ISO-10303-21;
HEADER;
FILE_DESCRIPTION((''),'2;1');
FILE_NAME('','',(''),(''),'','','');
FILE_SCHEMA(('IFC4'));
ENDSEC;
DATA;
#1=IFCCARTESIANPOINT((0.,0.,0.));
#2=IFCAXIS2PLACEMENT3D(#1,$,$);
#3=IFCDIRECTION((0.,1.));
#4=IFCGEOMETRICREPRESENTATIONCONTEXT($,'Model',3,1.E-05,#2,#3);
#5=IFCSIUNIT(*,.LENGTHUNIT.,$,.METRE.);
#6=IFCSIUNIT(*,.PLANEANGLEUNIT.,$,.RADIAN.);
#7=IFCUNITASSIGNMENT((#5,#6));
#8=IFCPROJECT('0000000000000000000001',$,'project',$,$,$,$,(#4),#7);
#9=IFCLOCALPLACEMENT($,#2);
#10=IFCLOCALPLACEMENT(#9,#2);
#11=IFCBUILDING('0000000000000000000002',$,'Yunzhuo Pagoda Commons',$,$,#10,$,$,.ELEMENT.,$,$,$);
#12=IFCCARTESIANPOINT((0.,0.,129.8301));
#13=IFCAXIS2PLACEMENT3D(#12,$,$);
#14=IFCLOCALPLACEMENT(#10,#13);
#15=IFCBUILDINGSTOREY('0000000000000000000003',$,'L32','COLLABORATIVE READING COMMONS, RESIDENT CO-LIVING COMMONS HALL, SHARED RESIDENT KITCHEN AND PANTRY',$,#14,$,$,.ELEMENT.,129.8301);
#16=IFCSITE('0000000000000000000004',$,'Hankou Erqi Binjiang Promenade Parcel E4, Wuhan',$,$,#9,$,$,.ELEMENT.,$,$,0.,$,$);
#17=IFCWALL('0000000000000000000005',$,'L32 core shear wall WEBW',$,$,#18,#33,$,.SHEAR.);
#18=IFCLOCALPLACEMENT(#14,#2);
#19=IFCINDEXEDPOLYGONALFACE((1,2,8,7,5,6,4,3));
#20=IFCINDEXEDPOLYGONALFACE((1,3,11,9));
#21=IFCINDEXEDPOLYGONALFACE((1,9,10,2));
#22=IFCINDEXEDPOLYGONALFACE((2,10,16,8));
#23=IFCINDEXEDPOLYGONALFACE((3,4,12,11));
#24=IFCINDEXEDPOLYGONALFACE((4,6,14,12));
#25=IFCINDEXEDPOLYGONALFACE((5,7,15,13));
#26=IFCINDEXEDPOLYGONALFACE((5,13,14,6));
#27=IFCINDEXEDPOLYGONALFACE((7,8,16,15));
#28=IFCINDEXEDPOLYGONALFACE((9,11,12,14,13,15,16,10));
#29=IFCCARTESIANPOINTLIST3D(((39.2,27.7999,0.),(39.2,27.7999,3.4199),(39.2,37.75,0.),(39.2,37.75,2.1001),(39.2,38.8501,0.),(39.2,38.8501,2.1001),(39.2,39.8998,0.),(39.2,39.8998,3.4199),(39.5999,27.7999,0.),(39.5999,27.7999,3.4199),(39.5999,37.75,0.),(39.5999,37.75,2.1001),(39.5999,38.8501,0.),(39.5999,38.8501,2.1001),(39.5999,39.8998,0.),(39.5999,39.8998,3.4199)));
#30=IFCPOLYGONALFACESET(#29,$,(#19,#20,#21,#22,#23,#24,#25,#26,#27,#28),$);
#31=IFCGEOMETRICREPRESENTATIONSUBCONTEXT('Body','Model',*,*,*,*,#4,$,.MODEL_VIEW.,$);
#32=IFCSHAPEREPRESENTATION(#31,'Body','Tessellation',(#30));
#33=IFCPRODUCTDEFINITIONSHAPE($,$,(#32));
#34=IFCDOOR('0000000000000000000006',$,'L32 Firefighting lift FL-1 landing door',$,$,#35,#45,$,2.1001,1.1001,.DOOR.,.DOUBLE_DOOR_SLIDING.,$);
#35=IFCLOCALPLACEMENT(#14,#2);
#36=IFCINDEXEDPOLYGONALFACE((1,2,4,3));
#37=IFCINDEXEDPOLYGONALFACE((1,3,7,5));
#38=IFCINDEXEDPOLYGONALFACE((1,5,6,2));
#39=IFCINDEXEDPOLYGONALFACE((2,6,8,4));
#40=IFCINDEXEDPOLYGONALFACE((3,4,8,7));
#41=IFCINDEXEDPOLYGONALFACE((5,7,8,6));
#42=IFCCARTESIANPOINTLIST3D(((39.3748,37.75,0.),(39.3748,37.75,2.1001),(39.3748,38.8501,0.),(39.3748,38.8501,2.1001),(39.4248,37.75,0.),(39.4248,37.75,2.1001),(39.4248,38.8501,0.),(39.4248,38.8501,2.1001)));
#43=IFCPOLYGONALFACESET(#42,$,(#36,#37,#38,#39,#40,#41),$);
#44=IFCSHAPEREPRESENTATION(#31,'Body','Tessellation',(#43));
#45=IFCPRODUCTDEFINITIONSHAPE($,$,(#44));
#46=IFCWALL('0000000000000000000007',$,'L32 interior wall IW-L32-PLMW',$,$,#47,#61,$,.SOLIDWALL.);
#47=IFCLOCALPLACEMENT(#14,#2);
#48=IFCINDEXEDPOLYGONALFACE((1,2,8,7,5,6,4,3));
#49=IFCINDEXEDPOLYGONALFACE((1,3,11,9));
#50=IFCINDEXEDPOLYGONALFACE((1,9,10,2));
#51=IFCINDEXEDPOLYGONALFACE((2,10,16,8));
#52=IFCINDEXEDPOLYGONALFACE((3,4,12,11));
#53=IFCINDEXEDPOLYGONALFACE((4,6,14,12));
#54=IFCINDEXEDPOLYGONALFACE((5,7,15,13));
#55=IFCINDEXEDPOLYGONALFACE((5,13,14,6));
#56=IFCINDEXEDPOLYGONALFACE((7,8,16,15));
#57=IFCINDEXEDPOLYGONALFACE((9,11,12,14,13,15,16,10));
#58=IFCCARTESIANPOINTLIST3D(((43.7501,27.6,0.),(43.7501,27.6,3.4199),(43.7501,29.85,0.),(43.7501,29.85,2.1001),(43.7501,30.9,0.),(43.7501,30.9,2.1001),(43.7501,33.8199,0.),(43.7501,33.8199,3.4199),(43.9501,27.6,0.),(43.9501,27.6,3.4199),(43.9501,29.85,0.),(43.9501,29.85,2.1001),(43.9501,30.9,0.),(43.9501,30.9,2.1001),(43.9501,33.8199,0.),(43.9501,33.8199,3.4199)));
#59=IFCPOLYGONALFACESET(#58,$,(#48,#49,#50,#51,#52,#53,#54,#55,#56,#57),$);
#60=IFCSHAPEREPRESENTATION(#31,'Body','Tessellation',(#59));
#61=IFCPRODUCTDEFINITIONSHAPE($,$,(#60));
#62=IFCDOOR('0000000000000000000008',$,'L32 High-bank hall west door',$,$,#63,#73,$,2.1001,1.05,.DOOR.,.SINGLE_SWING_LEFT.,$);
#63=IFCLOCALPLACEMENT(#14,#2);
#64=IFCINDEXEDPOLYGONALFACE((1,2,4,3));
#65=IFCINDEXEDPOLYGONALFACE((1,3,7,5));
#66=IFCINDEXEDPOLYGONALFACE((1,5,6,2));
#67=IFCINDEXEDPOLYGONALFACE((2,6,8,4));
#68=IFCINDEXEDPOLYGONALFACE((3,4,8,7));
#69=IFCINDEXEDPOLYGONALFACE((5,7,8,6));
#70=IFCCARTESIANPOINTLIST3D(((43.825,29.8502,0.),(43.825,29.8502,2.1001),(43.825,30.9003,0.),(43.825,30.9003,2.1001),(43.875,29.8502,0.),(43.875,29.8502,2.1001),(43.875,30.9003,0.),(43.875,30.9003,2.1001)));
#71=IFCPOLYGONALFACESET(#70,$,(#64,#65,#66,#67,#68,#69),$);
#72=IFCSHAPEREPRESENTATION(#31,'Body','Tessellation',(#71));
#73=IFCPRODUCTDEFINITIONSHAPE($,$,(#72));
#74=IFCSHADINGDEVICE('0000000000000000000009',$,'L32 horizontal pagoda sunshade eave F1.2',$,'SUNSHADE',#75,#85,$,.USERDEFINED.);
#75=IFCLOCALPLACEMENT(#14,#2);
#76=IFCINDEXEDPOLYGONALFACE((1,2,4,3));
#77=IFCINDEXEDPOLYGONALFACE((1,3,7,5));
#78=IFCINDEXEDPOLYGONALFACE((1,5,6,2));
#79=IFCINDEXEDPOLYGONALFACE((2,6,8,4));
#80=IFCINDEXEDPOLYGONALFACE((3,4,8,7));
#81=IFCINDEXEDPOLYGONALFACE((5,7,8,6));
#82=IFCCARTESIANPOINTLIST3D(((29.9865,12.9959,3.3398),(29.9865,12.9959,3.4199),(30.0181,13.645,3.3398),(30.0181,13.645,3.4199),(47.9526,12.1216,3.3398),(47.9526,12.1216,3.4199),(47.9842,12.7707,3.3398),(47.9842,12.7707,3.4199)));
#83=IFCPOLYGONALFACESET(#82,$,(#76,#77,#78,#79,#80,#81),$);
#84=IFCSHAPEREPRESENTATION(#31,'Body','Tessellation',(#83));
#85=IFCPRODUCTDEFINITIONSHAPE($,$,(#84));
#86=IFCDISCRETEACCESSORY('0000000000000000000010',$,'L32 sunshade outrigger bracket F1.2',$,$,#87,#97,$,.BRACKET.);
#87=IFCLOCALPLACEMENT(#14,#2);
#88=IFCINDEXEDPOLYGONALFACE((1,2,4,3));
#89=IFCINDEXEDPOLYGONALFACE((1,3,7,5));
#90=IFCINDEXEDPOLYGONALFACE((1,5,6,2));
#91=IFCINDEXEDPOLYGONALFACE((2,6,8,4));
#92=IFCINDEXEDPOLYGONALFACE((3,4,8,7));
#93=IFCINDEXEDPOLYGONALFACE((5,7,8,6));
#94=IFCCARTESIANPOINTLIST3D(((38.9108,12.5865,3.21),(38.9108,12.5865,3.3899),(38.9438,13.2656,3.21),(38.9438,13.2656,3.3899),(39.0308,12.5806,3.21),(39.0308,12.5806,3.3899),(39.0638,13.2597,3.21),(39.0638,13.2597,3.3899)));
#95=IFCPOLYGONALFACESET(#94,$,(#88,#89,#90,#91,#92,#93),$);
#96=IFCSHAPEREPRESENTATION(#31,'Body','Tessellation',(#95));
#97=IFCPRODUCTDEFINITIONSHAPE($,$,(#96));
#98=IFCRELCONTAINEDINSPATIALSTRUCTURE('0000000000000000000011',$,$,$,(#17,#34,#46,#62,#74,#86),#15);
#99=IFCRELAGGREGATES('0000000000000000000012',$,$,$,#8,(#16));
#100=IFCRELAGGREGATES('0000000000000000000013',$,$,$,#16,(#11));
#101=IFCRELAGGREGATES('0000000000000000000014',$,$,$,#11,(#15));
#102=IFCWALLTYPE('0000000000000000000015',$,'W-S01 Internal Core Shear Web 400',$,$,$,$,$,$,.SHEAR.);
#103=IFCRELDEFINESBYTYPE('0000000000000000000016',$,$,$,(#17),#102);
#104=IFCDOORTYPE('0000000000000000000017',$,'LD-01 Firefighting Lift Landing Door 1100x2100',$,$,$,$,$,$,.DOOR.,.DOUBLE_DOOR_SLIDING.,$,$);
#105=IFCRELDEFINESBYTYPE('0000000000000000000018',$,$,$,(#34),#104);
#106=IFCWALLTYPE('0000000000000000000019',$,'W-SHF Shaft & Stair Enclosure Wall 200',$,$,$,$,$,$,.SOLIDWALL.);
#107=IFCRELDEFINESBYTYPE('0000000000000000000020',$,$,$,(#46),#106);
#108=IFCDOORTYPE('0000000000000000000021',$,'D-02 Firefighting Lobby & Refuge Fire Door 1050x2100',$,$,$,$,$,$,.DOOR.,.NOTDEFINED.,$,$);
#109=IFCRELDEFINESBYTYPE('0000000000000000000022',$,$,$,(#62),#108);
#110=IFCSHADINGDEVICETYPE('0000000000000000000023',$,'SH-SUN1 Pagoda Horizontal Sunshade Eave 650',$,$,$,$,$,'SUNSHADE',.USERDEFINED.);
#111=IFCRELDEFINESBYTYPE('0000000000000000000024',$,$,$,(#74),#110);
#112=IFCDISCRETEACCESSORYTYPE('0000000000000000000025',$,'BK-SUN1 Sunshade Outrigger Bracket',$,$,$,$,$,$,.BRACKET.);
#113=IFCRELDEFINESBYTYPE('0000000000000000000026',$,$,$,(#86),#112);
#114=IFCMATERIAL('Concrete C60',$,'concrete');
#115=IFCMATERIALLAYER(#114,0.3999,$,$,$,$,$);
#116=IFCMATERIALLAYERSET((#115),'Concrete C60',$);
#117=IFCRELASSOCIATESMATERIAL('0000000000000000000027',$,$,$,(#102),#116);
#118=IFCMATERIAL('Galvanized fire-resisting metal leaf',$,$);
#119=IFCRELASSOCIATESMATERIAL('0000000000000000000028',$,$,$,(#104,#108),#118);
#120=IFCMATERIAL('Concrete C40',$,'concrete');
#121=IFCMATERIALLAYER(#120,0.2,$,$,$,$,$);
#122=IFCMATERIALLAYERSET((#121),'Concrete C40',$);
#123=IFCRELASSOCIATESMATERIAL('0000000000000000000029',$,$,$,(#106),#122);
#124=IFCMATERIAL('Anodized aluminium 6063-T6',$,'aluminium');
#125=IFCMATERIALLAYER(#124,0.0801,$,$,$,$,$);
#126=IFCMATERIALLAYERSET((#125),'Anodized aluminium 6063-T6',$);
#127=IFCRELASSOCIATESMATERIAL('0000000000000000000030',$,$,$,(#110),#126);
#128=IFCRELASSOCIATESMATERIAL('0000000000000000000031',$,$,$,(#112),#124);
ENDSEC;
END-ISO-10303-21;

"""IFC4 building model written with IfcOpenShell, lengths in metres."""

from ifc_helpers import new_model, si_unit, direction, frame, frame_2d, origin, origin_2d, place, context, subcontext, project, spatial, rectangle, extrude, source, transform, mapped, material, layer, layer_set, type_object, element, fill, save


model = new_model("IFC4")

# Units and contexts
model_context = context("Model", 3, precision=1e-05, world=origin(), true_north=direction((0.0, 1.0)))
body_context = subcontext(model_context, "Body", "Model", "MODEL_VIEW")
ifc_project = project(units=[si_unit("LENGTHUNIT", "METRE"), si_unit("PLANEANGLEUNIT", "RADIAN")], contexts=[model_context])

# Site, building, storey
site_placement = place(None, origin())
site = spatial("IfcSite", under=ifc_project, at=site_placement, Name="Hankou Erqi Binjiang Promenade Parcel E4, Wuhan", CompositionType="ELEMENT", RefElevation=0.0)
building_placement = place(site_placement, origin())
building = spatial("IfcBuilding", under=site, at=building_placement, Name="Yunzhuo Pagoda Commons", CompositionType="ELEMENT")
storey_placement = place(building_placement, frame((0.0, 0.0, 129.8301)))
storey = spatial("IfcBuildingStorey", under=building, at=storey_placement, Name="L32", Description="COLLABORATIVE READING COMMONS, RESIDENT CO-LIVING COMMONS HALL, SHARED RESIDENT KITCHEN AND PANTRY", CompositionType="ELEMENT", Elevation=129.8301)

# Shared definitions
ifc_material_1 = material(Name="Anodized aluminium 6063-T6", Category="aluminium")

# Shared definitions
ifc_material_2 = material(Name="Concrete C60", Category="concrete")

# Shared definitions
ifc_material_3 = material(Name="Galvanized fire-resisting metal leaf")

# Walls, openings, doors
ifc_layer_1 = layer(ifc_material_2, 0.3999)
ifc_layer_set_1 = layer_set([ifc_layer_1], Name="Concrete C60")
wall_type_1 = type_object("IfcWallType", Name="W-S01 Internal Core Shear Web 400", PredefinedType="SHEAR", material=ifc_layer_set_1)
wall_1_placement = place(storey_placement, frame((39.3999, 27.8, 0.0), z_axis=(0.0, 0.0, 1.0), x_axis=(0.0, 1.0, 0.0)))
wall_1 = element("IfcWall", 1, at=wall_1_placement, inside=storey, type_object=wall_type_1, Name="L32 core shear wall WEBW", PredefinedType="SHEAR", context=body_context, shape_type="SweptSolid", body=[
    extrude(rectangle(XDim=12.0999, YDim=0.3999, at=frame_2d((6.0498, 0.0))), origin(), (0.0, 0.0, 1.0), 3.4199),
])
opening_1_placement = place(wall_1_placement, frame((9.95, 0.0, 0.0)))
opening_1 = element("IfcOpeningElement", 2, at=opening_1_placement, cuts=wall_1, PredefinedType="OPENING", context=body_context, shape_type="SweptSolid", body=[
    extrude(rectangle(XDim=1.1001, YDim=2.1001, at=frame_2d((0.55, 1.05))), frame((0.0, 0.21, 0.0), z_axis=(0.0, -1.0, 0.0), x_axis=(1.0, 0.0, 0.0)), (0.0, 0.0, 1.0), 0.4199),
])
door_type_1 = type_object("IfcDoorType", Name="LD-01 Firefighting Lift Landing Door 1100x2100", OperationType="DOUBLE_DOOR_SLIDING", PredefinedType="DOOR", material=ifc_material_3)
shared_shape_1 = source(origin(), body_context, "Body", "SweptSolid", [
    extrude(rectangle(XDim=1.1001, YDim=2.1001, at=frame_2d((0.55, 1.05))), frame((0.0, 0.0249, 0.0), z_axis=(0.0, -1.0, 0.0), x_axis=(1.0, 0.0, 0.0)), (0.0, 0.0, 1.0), 0.05),
])
door_1_placement = place(opening_1_placement, frame((1.1001, 0.0, 0.0), z_axis=(0.0, 0.0, 1.0), x_axis=(-1.0, 0.0, 0.0)))
door_1 = element("IfcDoor", 3, at=door_1_placement, inside=storey, type_object=door_type_1, Name="L32 Firefighting lift FL-1 landing door", OperationType="DOUBLE_DOOR_SLIDING", OverallHeight=2.1001, OverallWidth=1.1001, PredefinedType="DOOR", context=body_context, shape_type="MappedRepresentation", body=[
    mapped(shared_shape_1, transform((0.0, 0.0, 0.0), scale=1.0)),
])
fill(opening_1, door_1)
ifc_material_4 = material(Name="Concrete C40", Category="concrete")
ifc_layer_2 = layer(ifc_material_4, 0.2)
ifc_layer_set_2 = layer_set([ifc_layer_2], Name="Concrete C40")
wall_type_2 = type_object("IfcWallType", Name="W-SHF Shaft & Stair Enclosure Wall 200", PredefinedType="SOLIDWALL", material=ifc_layer_set_2)
wall_2_placement = place(storey_placement, frame((43.8501, 27.6001, 0.0), z_axis=(0.0, 0.0, 1.0), x_axis=(0.0, 1.0, 0.0)))
wall_2 = element("IfcWall", 4, at=wall_2_placement, inside=storey, type_object=wall_type_2, Name="L32 interior wall IW-L32-PLMW", PredefinedType="SOLIDWALL", context=body_context, shape_type="SweptSolid", body=[
    extrude(rectangle(XDim=6.22, YDim=0.2, at=frame_2d((3.1099, 0.0))), origin(), (0.0, 0.0, 1.0), 3.4199),
])
opening_2_placement = place(wall_2_placement, frame((2.25, 0.0, 0.0)))
opening_2 = element("IfcOpeningElement", 5, at=opening_2_placement, cuts=wall_2, PredefinedType="OPENING", context=body_context, shape_type="SweptSolid", body=[
    extrude(rectangle(XDim=1.05, YDim=2.1001, at=frame_2d((0.5249, 1.05))), frame((0.0, 0.1099, 0.0), z_axis=(0.0, -1.0, 0.0), x_axis=(1.0, 0.0, 0.0)), (0.0, 0.0, 1.0), 0.22),
])
door_type_2 = type_object("IfcDoorType", Name="D-02 Firefighting Lobby & Refuge Fire Door 1050x2100", OperationType="NOTDEFINED", PredefinedType="DOOR", material=ifc_material_3)
shared_shape_2 = source(origin(), body_context, "Body", "SweptSolid", [
    extrude(rectangle(XDim=1.05, YDim=2.1001, at=frame_2d((0.5249, 1.05))), frame((0.0, 0.0249, 0.0), z_axis=(0.0, -1.0, 0.0), x_axis=(1.0, 0.0, 0.0)), (0.0, 0.0, 1.0), 0.05),
])
door_2_placement = place(opening_2_placement, frame((1.05, 0.0, 0.0), z_axis=(0.0, 0.0, 1.0), x_axis=(-1.0, 0.0, 0.0)))
door_2 = element("IfcDoor", 6, at=door_2_placement, inside=storey, type_object=door_type_2, Name="L32 High-bank hall west door", OperationType="SINGLE_SWING_LEFT", OverallHeight=2.1001, OverallWidth=1.05, PredefinedType="DOOR", context=body_context, shape_type="MappedRepresentation", body=[
    mapped(shared_shape_2, transform((0.0, 0.0, 0.0), scale=1.0)),
])
fill(opening_2, door_2)

# Shading device
ifc_layer_3 = layer(ifc_material_1, 0.0801)
ifc_layer_set_3 = layer_set([ifc_layer_3], Name="Anodized aluminium 6063-T6")
shading_device_type = type_object("IfcShadingDeviceType", Name="SH-SUN1 Pagoda Horizontal Sunshade Eave 650", ElementType="SUNSHADE", PredefinedType="USERDEFINED", material=ifc_layer_set_3)
shared_shape_3 = source(origin(), body_context, "Body", "SweptSolid", [
    extrude(rectangle(XDim=17.9873, YDim=0.6499, at=origin_2d()), origin(), (0.0, 0.0, 1.0), 0.0801),
])
shading_device_placement = place(storey_placement, frame((38.9854, 12.8833, 3.3398), z_axis=(0.0, 0.0, 1.0), x_axis=(0.998818, -0.048606, 0.0)))
element("IfcShadingDevice", 7, at=shading_device_placement, inside=storey, type_object=shading_device_type, Name="L32 horizontal pagoda sunshade eave F1.2", ObjectType="SUNSHADE", PredefinedType="USERDEFINED", context=body_context, shape_type="MappedRepresentation", body=[
    mapped(shared_shape_3, transform((0.0, 0.0, 0.0), scale=1.0)),
])

# Discrete accessory
discrete_accessory_type = type_object("IfcDiscreteAccessoryType", Name="BK-SUN1 Sunshade Outrigger Bracket", PredefinedType="BRACKET", material=ifc_material_1)
shared_shape_4 = source(origin(), body_context, "Body", "SweptSolid", [
    extrude(rectangle(XDim=0.1201, YDim=0.6799, at=origin_2d()), origin(), (0.0, 0.0, 1.0), 0.1799),
])
discrete_accessory_placement = place(storey_placement, frame((38.9873, 12.9231, 3.21), z_axis=(0.0, 0.0, 1.0), x_axis=(0.998818, -0.048606, 0.0)))
element("IfcDiscreteAccessory", 8, at=discrete_accessory_placement, inside=storey, type_object=discrete_accessory_type, Name="L32 sunshade outrigger bracket F1.2", PredefinedType="BRACKET", context=body_context, shape_type="MappedRepresentation", body=[
    mapped(shared_shape_4, transform((0.0, 0.0, 0.0), scale=1.0)),
])

save(model, "model.ifc")
